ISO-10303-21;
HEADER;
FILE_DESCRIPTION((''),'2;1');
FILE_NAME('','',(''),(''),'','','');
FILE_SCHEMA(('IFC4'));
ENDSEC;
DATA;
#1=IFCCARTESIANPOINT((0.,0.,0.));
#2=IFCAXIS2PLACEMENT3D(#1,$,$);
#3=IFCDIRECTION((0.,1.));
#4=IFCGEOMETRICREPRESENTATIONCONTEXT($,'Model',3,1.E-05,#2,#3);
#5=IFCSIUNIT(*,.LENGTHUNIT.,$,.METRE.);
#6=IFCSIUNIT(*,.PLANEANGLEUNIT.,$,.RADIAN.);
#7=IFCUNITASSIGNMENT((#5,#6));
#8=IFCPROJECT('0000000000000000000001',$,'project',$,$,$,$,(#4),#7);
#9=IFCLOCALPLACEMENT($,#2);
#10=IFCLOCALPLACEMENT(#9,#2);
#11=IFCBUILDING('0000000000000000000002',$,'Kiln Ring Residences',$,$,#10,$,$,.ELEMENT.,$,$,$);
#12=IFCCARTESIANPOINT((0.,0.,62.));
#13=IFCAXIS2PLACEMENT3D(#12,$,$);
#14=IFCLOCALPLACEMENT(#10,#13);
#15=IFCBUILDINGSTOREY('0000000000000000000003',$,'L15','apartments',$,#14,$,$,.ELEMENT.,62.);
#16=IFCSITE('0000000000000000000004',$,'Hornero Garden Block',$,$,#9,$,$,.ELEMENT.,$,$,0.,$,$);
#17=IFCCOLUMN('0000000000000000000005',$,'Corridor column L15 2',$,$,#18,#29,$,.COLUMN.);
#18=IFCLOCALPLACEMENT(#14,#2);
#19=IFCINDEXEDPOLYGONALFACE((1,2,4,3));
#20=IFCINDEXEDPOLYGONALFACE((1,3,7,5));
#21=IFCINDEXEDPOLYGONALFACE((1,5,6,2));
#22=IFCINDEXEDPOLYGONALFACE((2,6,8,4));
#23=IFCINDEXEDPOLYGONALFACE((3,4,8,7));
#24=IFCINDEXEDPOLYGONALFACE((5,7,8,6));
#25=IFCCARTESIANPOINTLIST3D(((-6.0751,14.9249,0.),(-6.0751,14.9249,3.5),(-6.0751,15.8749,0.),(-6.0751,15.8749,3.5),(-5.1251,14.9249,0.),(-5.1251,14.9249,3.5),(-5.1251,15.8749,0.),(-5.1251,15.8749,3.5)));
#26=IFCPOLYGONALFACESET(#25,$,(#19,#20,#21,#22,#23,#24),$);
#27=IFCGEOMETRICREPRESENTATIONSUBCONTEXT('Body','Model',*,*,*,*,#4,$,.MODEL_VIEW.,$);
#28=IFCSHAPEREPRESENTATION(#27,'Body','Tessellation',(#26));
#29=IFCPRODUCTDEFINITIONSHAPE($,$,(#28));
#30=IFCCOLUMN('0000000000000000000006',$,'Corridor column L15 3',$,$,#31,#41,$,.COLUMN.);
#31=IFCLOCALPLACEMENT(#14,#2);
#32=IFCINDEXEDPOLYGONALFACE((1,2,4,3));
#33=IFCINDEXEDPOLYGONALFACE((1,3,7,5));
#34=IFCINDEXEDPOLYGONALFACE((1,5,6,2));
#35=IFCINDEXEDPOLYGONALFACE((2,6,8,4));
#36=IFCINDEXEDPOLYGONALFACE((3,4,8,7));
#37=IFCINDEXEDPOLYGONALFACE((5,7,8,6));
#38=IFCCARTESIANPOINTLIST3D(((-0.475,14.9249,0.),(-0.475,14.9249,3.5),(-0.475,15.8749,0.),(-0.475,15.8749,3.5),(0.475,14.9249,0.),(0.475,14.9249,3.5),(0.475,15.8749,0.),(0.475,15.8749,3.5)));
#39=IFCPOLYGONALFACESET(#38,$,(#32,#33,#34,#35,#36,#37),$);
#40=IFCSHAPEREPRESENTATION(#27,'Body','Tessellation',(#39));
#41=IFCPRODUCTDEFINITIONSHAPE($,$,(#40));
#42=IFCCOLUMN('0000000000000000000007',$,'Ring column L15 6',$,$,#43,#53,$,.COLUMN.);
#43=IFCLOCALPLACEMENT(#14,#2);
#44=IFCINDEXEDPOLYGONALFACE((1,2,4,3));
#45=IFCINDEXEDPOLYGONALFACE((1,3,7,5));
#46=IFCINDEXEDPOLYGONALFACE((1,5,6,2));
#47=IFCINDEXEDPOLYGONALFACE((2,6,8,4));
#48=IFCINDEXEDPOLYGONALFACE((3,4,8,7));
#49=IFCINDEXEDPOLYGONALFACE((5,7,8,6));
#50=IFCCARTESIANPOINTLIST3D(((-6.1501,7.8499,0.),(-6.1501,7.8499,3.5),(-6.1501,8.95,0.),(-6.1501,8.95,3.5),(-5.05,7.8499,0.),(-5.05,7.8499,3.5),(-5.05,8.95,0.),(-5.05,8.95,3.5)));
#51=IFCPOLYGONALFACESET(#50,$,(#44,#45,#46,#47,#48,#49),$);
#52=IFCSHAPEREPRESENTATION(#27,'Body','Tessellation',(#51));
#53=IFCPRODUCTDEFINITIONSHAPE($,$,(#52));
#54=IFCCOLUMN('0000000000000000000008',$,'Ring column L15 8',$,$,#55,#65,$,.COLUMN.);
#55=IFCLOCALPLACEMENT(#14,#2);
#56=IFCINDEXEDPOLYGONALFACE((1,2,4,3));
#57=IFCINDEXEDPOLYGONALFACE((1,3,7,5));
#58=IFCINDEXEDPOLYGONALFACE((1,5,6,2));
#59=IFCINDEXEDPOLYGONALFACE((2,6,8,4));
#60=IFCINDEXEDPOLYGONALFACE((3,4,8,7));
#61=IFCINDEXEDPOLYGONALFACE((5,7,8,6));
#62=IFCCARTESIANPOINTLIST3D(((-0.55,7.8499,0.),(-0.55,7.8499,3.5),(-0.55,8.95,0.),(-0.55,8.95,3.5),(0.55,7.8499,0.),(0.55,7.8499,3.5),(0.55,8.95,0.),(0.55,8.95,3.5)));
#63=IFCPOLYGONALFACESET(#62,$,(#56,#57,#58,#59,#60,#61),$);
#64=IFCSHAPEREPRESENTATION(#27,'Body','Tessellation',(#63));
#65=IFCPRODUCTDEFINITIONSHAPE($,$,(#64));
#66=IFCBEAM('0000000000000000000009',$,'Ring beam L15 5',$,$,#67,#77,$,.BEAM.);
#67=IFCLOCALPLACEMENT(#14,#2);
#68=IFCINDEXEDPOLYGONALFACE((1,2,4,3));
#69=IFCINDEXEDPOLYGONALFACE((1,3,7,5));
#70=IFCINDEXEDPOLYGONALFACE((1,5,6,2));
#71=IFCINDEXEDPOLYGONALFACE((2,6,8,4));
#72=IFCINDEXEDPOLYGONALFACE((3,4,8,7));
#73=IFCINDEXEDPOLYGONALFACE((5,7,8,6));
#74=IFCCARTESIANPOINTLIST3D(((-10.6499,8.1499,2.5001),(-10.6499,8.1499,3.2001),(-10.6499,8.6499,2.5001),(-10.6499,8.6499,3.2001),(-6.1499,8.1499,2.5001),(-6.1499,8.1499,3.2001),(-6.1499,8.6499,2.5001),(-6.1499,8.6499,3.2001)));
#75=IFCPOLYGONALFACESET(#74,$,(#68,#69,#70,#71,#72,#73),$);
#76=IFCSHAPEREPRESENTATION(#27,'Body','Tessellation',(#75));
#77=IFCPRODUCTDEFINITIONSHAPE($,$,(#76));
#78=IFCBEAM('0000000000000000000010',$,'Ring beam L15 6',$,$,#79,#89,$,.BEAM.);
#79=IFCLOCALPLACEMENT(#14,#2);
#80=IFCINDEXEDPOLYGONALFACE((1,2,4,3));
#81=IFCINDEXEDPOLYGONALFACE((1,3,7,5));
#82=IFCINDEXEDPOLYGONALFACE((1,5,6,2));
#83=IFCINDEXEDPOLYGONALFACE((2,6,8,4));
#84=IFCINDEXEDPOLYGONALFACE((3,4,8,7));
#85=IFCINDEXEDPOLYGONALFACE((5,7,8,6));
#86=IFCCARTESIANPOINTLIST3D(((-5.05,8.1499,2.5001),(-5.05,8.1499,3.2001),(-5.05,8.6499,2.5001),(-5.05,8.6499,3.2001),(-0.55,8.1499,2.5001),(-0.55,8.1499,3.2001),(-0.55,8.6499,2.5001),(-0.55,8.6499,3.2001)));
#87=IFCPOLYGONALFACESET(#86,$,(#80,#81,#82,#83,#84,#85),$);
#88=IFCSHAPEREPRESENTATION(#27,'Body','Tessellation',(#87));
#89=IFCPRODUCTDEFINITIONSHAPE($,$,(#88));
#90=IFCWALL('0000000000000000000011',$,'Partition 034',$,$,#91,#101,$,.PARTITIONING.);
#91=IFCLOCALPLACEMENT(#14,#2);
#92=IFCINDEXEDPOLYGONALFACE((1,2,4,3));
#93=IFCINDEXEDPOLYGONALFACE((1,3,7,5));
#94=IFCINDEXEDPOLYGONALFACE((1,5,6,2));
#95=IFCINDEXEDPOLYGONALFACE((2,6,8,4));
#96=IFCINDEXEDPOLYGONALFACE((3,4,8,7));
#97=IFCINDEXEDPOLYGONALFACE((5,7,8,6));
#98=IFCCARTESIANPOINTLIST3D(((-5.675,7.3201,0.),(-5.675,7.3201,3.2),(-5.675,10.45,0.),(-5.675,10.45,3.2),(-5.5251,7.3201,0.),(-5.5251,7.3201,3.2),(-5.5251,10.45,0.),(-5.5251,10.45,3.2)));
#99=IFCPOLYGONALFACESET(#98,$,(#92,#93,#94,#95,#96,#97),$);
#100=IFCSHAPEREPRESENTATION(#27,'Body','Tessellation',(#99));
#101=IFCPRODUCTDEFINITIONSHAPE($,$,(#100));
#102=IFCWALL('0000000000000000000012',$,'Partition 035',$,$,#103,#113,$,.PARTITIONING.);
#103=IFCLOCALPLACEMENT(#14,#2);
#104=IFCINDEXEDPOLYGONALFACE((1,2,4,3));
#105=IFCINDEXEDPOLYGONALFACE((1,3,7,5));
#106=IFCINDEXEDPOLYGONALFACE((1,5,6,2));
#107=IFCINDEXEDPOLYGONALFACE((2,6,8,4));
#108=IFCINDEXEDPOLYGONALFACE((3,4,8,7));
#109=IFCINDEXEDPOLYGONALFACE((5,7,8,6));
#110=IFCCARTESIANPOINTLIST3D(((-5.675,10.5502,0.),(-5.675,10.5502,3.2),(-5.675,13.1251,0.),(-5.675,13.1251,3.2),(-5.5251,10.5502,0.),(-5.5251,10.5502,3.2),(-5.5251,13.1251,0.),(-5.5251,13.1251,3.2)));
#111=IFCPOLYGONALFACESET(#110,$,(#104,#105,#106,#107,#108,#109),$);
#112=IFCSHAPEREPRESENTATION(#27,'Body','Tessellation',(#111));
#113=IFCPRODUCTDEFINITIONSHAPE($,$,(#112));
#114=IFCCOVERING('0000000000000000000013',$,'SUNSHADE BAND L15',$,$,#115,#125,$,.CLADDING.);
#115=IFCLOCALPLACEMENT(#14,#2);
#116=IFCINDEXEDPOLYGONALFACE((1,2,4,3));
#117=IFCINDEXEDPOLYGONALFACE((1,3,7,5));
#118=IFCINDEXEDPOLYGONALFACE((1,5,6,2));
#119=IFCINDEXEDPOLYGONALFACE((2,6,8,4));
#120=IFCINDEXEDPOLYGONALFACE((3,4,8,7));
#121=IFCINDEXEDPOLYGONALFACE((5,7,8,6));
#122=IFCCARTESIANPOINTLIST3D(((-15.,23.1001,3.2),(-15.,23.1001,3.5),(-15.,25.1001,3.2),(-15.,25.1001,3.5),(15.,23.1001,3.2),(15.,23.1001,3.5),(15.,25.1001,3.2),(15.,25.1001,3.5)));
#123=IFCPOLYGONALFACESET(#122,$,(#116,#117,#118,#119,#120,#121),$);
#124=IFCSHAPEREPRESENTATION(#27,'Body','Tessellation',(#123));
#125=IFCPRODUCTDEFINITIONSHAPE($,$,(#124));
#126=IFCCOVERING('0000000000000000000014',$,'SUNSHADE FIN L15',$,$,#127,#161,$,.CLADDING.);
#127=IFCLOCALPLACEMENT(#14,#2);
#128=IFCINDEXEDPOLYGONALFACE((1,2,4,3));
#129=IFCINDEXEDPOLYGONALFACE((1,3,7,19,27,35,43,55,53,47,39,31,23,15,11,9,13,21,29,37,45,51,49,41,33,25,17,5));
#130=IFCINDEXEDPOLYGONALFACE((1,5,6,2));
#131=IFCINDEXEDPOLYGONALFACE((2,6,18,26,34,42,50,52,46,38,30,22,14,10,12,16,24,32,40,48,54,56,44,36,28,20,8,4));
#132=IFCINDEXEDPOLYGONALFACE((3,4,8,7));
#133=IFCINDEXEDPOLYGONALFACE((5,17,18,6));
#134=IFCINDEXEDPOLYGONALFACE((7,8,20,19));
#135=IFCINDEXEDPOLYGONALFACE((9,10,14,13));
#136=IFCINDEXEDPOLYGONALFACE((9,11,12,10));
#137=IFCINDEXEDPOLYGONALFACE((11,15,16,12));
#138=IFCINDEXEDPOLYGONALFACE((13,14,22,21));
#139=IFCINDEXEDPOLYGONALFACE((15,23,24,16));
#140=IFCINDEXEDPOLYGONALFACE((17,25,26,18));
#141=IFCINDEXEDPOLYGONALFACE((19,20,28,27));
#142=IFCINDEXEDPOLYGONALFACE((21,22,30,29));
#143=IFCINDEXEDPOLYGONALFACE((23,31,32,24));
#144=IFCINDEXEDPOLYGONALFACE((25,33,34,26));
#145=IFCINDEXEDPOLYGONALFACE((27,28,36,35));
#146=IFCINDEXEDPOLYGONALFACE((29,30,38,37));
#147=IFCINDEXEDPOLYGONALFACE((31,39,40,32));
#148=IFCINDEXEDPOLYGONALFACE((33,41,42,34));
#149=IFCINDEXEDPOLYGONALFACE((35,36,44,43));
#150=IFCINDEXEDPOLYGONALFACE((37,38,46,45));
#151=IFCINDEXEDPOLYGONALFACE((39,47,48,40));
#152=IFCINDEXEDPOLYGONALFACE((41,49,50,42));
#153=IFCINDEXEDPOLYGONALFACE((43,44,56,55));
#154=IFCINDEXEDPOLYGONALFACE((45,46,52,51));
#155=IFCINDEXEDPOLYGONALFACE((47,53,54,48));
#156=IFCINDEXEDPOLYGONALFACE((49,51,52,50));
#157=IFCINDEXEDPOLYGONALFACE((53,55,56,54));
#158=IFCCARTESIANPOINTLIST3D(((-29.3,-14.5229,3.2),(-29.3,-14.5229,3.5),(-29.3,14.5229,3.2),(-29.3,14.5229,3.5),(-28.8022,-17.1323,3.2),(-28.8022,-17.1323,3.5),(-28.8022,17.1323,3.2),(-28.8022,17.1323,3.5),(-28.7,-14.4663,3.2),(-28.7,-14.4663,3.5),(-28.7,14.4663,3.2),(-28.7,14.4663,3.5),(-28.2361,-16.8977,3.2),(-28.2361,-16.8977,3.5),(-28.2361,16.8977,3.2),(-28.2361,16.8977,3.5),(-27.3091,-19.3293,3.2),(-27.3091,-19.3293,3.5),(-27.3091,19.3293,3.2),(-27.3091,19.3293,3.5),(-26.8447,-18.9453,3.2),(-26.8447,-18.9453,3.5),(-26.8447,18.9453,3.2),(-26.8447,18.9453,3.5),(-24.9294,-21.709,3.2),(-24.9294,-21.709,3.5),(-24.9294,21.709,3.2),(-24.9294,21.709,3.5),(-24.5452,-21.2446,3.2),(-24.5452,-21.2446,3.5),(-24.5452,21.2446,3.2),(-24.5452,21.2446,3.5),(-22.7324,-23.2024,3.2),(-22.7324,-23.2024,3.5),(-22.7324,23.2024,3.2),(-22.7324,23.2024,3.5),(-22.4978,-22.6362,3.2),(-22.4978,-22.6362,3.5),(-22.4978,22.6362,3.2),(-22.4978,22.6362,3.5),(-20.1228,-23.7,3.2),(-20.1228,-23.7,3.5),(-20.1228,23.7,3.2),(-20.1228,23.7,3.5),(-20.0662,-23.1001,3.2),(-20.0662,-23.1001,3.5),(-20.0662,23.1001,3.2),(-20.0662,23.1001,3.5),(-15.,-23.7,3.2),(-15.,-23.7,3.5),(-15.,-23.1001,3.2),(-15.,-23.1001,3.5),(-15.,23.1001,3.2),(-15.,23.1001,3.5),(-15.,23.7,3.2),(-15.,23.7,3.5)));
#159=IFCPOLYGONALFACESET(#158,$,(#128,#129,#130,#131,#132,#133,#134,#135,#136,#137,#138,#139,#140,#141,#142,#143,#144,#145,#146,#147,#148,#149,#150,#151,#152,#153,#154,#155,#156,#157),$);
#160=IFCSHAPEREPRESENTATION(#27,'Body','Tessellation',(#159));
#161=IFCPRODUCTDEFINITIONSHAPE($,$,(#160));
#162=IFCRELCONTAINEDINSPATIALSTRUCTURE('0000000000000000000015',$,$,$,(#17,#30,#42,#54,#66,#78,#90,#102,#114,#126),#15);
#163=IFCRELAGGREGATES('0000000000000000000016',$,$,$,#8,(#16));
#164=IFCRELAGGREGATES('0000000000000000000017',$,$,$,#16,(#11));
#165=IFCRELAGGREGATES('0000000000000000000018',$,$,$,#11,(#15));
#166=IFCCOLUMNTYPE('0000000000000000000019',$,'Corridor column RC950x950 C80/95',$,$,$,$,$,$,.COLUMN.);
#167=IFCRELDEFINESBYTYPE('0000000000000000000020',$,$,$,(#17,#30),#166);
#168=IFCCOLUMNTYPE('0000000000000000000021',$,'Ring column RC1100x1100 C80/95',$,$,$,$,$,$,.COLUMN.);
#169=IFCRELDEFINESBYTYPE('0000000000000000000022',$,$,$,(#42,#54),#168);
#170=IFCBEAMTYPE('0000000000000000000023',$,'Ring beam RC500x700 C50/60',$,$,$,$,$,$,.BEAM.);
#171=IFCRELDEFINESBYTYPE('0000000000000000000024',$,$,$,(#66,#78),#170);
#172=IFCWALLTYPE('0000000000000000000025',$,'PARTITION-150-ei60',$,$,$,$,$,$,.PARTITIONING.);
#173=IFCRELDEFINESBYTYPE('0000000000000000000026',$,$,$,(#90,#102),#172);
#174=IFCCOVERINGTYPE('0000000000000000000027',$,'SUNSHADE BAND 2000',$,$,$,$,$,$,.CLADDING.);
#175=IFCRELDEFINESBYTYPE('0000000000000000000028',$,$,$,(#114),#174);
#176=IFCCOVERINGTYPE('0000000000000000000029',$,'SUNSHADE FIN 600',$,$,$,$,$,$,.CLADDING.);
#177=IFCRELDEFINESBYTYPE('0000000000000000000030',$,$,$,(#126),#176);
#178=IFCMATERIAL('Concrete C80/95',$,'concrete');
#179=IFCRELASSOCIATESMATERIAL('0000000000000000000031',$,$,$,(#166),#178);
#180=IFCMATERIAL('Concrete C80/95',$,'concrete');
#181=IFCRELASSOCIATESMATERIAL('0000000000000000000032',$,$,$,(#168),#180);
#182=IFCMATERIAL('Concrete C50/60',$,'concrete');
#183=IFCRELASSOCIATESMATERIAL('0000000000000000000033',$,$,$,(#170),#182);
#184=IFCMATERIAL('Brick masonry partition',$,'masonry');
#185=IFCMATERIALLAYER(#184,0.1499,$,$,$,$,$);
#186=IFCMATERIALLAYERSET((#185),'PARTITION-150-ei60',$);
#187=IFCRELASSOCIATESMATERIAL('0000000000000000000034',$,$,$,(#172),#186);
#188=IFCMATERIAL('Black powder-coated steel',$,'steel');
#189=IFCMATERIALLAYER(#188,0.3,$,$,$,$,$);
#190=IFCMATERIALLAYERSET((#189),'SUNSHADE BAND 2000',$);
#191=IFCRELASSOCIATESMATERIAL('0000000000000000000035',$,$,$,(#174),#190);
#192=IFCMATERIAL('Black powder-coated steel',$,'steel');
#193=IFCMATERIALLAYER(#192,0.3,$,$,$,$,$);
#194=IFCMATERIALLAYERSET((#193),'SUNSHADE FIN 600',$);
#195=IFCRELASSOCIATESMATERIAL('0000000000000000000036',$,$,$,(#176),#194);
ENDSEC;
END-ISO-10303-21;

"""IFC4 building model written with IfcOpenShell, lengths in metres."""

from ifc_helpers import new_model, si_unit, direction, frame, frame_2d, origin, origin_2d, place, context, subcontext, project, spatial, polyline, rectangle, outline, extrude, material, layer, layer_set, material_profile, profile_set, type_object, element, save


model = new_model("IFC4")

# Units and contexts
model_context = context("Model", 3, precision=1e-05, world=origin(), true_north=direction((0.0, 1.0)))
body_context = subcontext(model_context, "Body", "Model", "MODEL_VIEW")
ifc_project = project(units=[si_unit("LENGTHUNIT", "METRE"), si_unit("PLANEANGLEUNIT", "RADIAN")], contexts=[model_context])

# Site, building, storey
site_placement = place(None, origin())
site = spatial("IfcSite", under=ifc_project, at=site_placement, Name="Hornero Garden Block", CompositionType="ELEMENT", RefElevation=0.0)
building_placement = place(site_placement, origin())
building = spatial("IfcBuilding", under=site, at=building_placement, Name="Kiln Ring Residences", CompositionType="ELEMENT")
storey_placement = place(building_placement, frame((0.0, 0.0, 62.0)))
storey = spatial("IfcBuildingStorey", under=building, at=storey_placement, Name="L15", Description="apartments", CompositionType="ELEMENT", Elevation=62.0)

# Columns
ifc_material_1 = material(Name="Concrete C80/95", Category="concrete")
ifc_material_profile_1 = material_profile(ifc_material_1, rectangle(XDim=0.95, YDim=0.95, at=origin_2d()), Name="RC950x950")
ifc_profile_set_1 = profile_set([ifc_material_profile_1], Name="Concrete C80/95")
column_type_1 = type_object("IfcColumnType", Name="Corridor column RC950x950 C80/95", PredefinedType="COLUMN", material=ifc_profile_set_1)
for number, where, z_axis, x_axis, name in (
    (1, (-5.6001, 15.3999, 0.0), (0.0, 0.0, 1.0), (1.0, 0.0, 0.0), "Corridor column L15 2"),
    (2, (0.0, 15.3999, 0.0), (0.0, 0.0, 1.0), (1.0, 0.0, 0.0), "Corridor column L15 3"),
):
    element("IfcColumn", number, at=place(storey_placement, frame(where, z_axis=z_axis, x_axis=x_axis)), inside=storey, type_object=column_type_1, Name=name, PredefinedType="COLUMN", context=body_context, shape_type="SweptSolid", body=[
        extrude(rectangle(XDim=0.95, YDim=0.95, at=origin_2d()), origin(), (0.0, 0.0, 1.0), 3.5),
    ])
ifc_material_2 = material(Name="Concrete C80/95", Category="concrete")
ifc_material_profile_2 = material_profile(ifc_material_2, rectangle(XDim=1.1001, YDim=1.1001, at=origin_2d()), Name="RC1100x1100")
ifc_profile_set_2 = profile_set([ifc_material_profile_2], Name="Concrete C80/95")
column_type_2 = type_object("IfcColumnType", Name="Ring column RC1100x1100 C80/95", PredefinedType="COLUMN", material=ifc_profile_set_2)
for number, where, z_axis, x_axis, name in (
    (3, (-5.6001, 8.3999, 0.0), (0.0, 0.0, 1.0), (1.0, 0.0, 0.0), "Ring column L15 6"),
    (4, (0.0, 8.3999, 0.0), (0.0, 0.0, 1.0), (1.0, 0.0, 0.0), "Ring column L15 8"),
):
    element("IfcColumn", number, at=place(storey_placement, frame(where, z_axis=z_axis, x_axis=x_axis)), inside=storey, type_object=column_type_2, Name=name, PredefinedType="COLUMN", context=body_context, shape_type="SweptSolid", body=[
        extrude(rectangle(XDim=1.1001, YDim=1.1001, at=origin_2d()), origin(), (0.0, 0.0, 1.0), 3.5),
    ])

# Beams
ifc_material_3 = material(Name="Concrete C50/60", Category="concrete")
ifc_material_profile_3 = material_profile(ifc_material_3, rectangle(XDim=0.5, YDim=0.7, at=origin_2d()), Name="RC500x700")
ifc_profile_set_3 = profile_set([ifc_material_profile_3], Name="Concrete C50/60")
beam_type = type_object("IfcBeamType", Name="Ring beam RC500x700 C50/60", PredefinedType="BEAM", material=ifc_profile_set_3)
for number, where, z_axis, x_axis, name in (
    (5, (-10.6499, 8.3999, 2.8501), (1.0, 0.0, 0.0), (0.0, 1.0, 0.0), "Ring beam L15 5"),
    (6, (-5.05, 8.3999, 2.8501), (1.0, 0.0, 0.0), (0.0, 1.0, 0.0), "Ring beam L15 6"),
):
    element("IfcBeam", number, at=place(storey_placement, frame(where, z_axis=z_axis, x_axis=x_axis)), inside=storey, type_object=beam_type, Name=name, PredefinedType="BEAM", context=body_context, shape_type="SweptSolid", body=[
        extrude(rectangle(XDim=0.5, YDim=0.7, at=origin_2d()), origin(), (0.0, 0.0, 1.0), 4.5),
    ])

# Walls
ifc_material_4 = material(Name="Brick masonry partition", Category="masonry")
ifc_layer_1 = layer(ifc_material_4, 0.1499)
ifc_layer_set_1 = layer_set([ifc_layer_1], Name="PARTITION-150-ei60")
wall_type = type_object("IfcWallType", Name="PARTITION-150-ei60", PredefinedType="PARTITIONING", material=ifc_layer_set_1)
wall_1_placement = place(storey_placement, frame((-5.6001, 7.3201, 0.0), z_axis=(0.0, 0.0, 1.0), x_axis=(0.0, 1.0, 0.0)))
element("IfcWall", 7, at=wall_1_placement, inside=storey, type_object=wall_type, Name="Partition 034", PredefinedType="PARTITIONING", context=body_context, shape_type="SweptSolid", body=[
    extrude(rectangle(XDim=3.1299, YDim=0.1499, at=frame_2d((1.5649, 0.0))), origin(), (0.0, 0.0, 1.0), 3.2),
])
wall_2_placement = place(storey_placement, frame((-5.6001, 10.55, 0.0), z_axis=(0.0, 0.0, 1.0), x_axis=(0.0, 1.0, 0.0)))
element("IfcWall", 8, at=wall_2_placement, inside=storey, type_object=wall_type, Name="Partition 035", PredefinedType="PARTITIONING", context=body_context, shape_type="SweptSolid", body=[
    extrude(rectangle(XDim=2.575, YDim=0.1499, at=frame_2d((1.2876, 0.0))), origin(), (0.0, 0.0, 1.0), 3.2),
])

# Coverings
ifc_material_5 = material(Name="Black powder-coated steel", Category="steel")
ifc_layer_2 = layer(ifc_material_5, 0.3)
ifc_layer_set_2 = layer_set([ifc_layer_2], Name="SUNSHADE BAND 2000")
covering_type_1 = type_object("IfcCoveringType", Name="SUNSHADE BAND 2000", PredefinedType="CLADDING", material=ifc_layer_set_2)
placement = place(storey_placement, frame((0.0, 0.0, 3.2)))
element("IfcCovering", 9, at=placement, inside=storey, type_object=covering_type_1, Name="SUNSHADE BAND L15", PredefinedType="CLADDING", context=body_context, shape_type="SweptSolid", body=[
    extrude(outline(polyline([(15.0, 25.1001), (-15.0, 25.1001), (-15.0, 23.1001), (15.0, 23.1001), (15.0, 25.1001)])), origin(), (0.0, 0.0, 1.0), 0.3),
])
ifc_material_6 = material(Name="Black powder-coated steel", Category="steel")
ifc_layer_3 = layer(ifc_material_6, 0.3)
ifc_layer_set_3 = layer_set([ifc_layer_3], Name="SUNSHADE FIN 600")
covering_type_2 = type_object("IfcCoveringType", Name="SUNSHADE FIN 600", PredefinedType="CLADDING", material=ifc_layer_set_3)
element("IfcCovering", 10, at=placement, inside=storey, type_object=covering_type_2, Name="SUNSHADE FIN L15", PredefinedType="CLADDING", context=body_context, shape_type="SweptSolid", body=[
    extrude(outline(polyline([(-29.3, -14.5229), (-28.8022, -17.1323), (-27.3091, -19.3293), (-24.9294, -21.709), (-22.7324, -23.2024), (-20.1228, -23.7), (-15.0, -23.7), (-15.0, -23.1001), (-20.0662, -23.1001), (-22.4978, -22.6362), (-24.5452, -21.2446), (-26.8447, -18.9453), (-28.2361, -16.8977), (-28.7, -14.4663), (-28.7, 14.4663), (-28.2361, 16.8977), (-26.8447, 18.9453), (-24.5452, 21.2446), (-22.4978, 22.6362), (-20.0662, 23.1001), (-15.0, 23.1001), (-15.0, 23.7), (-20.1228, 23.7), (-22.7324, 23.2024), (-24.9294, 21.709), (-27.3091, 19.3293), (-28.8022, 17.1323), (-29.3, 14.5229), (-29.3, -14.5229)])), origin(), (0.0, 0.0, 1.0), 0.3),
])

save(model, "model.ifc")
